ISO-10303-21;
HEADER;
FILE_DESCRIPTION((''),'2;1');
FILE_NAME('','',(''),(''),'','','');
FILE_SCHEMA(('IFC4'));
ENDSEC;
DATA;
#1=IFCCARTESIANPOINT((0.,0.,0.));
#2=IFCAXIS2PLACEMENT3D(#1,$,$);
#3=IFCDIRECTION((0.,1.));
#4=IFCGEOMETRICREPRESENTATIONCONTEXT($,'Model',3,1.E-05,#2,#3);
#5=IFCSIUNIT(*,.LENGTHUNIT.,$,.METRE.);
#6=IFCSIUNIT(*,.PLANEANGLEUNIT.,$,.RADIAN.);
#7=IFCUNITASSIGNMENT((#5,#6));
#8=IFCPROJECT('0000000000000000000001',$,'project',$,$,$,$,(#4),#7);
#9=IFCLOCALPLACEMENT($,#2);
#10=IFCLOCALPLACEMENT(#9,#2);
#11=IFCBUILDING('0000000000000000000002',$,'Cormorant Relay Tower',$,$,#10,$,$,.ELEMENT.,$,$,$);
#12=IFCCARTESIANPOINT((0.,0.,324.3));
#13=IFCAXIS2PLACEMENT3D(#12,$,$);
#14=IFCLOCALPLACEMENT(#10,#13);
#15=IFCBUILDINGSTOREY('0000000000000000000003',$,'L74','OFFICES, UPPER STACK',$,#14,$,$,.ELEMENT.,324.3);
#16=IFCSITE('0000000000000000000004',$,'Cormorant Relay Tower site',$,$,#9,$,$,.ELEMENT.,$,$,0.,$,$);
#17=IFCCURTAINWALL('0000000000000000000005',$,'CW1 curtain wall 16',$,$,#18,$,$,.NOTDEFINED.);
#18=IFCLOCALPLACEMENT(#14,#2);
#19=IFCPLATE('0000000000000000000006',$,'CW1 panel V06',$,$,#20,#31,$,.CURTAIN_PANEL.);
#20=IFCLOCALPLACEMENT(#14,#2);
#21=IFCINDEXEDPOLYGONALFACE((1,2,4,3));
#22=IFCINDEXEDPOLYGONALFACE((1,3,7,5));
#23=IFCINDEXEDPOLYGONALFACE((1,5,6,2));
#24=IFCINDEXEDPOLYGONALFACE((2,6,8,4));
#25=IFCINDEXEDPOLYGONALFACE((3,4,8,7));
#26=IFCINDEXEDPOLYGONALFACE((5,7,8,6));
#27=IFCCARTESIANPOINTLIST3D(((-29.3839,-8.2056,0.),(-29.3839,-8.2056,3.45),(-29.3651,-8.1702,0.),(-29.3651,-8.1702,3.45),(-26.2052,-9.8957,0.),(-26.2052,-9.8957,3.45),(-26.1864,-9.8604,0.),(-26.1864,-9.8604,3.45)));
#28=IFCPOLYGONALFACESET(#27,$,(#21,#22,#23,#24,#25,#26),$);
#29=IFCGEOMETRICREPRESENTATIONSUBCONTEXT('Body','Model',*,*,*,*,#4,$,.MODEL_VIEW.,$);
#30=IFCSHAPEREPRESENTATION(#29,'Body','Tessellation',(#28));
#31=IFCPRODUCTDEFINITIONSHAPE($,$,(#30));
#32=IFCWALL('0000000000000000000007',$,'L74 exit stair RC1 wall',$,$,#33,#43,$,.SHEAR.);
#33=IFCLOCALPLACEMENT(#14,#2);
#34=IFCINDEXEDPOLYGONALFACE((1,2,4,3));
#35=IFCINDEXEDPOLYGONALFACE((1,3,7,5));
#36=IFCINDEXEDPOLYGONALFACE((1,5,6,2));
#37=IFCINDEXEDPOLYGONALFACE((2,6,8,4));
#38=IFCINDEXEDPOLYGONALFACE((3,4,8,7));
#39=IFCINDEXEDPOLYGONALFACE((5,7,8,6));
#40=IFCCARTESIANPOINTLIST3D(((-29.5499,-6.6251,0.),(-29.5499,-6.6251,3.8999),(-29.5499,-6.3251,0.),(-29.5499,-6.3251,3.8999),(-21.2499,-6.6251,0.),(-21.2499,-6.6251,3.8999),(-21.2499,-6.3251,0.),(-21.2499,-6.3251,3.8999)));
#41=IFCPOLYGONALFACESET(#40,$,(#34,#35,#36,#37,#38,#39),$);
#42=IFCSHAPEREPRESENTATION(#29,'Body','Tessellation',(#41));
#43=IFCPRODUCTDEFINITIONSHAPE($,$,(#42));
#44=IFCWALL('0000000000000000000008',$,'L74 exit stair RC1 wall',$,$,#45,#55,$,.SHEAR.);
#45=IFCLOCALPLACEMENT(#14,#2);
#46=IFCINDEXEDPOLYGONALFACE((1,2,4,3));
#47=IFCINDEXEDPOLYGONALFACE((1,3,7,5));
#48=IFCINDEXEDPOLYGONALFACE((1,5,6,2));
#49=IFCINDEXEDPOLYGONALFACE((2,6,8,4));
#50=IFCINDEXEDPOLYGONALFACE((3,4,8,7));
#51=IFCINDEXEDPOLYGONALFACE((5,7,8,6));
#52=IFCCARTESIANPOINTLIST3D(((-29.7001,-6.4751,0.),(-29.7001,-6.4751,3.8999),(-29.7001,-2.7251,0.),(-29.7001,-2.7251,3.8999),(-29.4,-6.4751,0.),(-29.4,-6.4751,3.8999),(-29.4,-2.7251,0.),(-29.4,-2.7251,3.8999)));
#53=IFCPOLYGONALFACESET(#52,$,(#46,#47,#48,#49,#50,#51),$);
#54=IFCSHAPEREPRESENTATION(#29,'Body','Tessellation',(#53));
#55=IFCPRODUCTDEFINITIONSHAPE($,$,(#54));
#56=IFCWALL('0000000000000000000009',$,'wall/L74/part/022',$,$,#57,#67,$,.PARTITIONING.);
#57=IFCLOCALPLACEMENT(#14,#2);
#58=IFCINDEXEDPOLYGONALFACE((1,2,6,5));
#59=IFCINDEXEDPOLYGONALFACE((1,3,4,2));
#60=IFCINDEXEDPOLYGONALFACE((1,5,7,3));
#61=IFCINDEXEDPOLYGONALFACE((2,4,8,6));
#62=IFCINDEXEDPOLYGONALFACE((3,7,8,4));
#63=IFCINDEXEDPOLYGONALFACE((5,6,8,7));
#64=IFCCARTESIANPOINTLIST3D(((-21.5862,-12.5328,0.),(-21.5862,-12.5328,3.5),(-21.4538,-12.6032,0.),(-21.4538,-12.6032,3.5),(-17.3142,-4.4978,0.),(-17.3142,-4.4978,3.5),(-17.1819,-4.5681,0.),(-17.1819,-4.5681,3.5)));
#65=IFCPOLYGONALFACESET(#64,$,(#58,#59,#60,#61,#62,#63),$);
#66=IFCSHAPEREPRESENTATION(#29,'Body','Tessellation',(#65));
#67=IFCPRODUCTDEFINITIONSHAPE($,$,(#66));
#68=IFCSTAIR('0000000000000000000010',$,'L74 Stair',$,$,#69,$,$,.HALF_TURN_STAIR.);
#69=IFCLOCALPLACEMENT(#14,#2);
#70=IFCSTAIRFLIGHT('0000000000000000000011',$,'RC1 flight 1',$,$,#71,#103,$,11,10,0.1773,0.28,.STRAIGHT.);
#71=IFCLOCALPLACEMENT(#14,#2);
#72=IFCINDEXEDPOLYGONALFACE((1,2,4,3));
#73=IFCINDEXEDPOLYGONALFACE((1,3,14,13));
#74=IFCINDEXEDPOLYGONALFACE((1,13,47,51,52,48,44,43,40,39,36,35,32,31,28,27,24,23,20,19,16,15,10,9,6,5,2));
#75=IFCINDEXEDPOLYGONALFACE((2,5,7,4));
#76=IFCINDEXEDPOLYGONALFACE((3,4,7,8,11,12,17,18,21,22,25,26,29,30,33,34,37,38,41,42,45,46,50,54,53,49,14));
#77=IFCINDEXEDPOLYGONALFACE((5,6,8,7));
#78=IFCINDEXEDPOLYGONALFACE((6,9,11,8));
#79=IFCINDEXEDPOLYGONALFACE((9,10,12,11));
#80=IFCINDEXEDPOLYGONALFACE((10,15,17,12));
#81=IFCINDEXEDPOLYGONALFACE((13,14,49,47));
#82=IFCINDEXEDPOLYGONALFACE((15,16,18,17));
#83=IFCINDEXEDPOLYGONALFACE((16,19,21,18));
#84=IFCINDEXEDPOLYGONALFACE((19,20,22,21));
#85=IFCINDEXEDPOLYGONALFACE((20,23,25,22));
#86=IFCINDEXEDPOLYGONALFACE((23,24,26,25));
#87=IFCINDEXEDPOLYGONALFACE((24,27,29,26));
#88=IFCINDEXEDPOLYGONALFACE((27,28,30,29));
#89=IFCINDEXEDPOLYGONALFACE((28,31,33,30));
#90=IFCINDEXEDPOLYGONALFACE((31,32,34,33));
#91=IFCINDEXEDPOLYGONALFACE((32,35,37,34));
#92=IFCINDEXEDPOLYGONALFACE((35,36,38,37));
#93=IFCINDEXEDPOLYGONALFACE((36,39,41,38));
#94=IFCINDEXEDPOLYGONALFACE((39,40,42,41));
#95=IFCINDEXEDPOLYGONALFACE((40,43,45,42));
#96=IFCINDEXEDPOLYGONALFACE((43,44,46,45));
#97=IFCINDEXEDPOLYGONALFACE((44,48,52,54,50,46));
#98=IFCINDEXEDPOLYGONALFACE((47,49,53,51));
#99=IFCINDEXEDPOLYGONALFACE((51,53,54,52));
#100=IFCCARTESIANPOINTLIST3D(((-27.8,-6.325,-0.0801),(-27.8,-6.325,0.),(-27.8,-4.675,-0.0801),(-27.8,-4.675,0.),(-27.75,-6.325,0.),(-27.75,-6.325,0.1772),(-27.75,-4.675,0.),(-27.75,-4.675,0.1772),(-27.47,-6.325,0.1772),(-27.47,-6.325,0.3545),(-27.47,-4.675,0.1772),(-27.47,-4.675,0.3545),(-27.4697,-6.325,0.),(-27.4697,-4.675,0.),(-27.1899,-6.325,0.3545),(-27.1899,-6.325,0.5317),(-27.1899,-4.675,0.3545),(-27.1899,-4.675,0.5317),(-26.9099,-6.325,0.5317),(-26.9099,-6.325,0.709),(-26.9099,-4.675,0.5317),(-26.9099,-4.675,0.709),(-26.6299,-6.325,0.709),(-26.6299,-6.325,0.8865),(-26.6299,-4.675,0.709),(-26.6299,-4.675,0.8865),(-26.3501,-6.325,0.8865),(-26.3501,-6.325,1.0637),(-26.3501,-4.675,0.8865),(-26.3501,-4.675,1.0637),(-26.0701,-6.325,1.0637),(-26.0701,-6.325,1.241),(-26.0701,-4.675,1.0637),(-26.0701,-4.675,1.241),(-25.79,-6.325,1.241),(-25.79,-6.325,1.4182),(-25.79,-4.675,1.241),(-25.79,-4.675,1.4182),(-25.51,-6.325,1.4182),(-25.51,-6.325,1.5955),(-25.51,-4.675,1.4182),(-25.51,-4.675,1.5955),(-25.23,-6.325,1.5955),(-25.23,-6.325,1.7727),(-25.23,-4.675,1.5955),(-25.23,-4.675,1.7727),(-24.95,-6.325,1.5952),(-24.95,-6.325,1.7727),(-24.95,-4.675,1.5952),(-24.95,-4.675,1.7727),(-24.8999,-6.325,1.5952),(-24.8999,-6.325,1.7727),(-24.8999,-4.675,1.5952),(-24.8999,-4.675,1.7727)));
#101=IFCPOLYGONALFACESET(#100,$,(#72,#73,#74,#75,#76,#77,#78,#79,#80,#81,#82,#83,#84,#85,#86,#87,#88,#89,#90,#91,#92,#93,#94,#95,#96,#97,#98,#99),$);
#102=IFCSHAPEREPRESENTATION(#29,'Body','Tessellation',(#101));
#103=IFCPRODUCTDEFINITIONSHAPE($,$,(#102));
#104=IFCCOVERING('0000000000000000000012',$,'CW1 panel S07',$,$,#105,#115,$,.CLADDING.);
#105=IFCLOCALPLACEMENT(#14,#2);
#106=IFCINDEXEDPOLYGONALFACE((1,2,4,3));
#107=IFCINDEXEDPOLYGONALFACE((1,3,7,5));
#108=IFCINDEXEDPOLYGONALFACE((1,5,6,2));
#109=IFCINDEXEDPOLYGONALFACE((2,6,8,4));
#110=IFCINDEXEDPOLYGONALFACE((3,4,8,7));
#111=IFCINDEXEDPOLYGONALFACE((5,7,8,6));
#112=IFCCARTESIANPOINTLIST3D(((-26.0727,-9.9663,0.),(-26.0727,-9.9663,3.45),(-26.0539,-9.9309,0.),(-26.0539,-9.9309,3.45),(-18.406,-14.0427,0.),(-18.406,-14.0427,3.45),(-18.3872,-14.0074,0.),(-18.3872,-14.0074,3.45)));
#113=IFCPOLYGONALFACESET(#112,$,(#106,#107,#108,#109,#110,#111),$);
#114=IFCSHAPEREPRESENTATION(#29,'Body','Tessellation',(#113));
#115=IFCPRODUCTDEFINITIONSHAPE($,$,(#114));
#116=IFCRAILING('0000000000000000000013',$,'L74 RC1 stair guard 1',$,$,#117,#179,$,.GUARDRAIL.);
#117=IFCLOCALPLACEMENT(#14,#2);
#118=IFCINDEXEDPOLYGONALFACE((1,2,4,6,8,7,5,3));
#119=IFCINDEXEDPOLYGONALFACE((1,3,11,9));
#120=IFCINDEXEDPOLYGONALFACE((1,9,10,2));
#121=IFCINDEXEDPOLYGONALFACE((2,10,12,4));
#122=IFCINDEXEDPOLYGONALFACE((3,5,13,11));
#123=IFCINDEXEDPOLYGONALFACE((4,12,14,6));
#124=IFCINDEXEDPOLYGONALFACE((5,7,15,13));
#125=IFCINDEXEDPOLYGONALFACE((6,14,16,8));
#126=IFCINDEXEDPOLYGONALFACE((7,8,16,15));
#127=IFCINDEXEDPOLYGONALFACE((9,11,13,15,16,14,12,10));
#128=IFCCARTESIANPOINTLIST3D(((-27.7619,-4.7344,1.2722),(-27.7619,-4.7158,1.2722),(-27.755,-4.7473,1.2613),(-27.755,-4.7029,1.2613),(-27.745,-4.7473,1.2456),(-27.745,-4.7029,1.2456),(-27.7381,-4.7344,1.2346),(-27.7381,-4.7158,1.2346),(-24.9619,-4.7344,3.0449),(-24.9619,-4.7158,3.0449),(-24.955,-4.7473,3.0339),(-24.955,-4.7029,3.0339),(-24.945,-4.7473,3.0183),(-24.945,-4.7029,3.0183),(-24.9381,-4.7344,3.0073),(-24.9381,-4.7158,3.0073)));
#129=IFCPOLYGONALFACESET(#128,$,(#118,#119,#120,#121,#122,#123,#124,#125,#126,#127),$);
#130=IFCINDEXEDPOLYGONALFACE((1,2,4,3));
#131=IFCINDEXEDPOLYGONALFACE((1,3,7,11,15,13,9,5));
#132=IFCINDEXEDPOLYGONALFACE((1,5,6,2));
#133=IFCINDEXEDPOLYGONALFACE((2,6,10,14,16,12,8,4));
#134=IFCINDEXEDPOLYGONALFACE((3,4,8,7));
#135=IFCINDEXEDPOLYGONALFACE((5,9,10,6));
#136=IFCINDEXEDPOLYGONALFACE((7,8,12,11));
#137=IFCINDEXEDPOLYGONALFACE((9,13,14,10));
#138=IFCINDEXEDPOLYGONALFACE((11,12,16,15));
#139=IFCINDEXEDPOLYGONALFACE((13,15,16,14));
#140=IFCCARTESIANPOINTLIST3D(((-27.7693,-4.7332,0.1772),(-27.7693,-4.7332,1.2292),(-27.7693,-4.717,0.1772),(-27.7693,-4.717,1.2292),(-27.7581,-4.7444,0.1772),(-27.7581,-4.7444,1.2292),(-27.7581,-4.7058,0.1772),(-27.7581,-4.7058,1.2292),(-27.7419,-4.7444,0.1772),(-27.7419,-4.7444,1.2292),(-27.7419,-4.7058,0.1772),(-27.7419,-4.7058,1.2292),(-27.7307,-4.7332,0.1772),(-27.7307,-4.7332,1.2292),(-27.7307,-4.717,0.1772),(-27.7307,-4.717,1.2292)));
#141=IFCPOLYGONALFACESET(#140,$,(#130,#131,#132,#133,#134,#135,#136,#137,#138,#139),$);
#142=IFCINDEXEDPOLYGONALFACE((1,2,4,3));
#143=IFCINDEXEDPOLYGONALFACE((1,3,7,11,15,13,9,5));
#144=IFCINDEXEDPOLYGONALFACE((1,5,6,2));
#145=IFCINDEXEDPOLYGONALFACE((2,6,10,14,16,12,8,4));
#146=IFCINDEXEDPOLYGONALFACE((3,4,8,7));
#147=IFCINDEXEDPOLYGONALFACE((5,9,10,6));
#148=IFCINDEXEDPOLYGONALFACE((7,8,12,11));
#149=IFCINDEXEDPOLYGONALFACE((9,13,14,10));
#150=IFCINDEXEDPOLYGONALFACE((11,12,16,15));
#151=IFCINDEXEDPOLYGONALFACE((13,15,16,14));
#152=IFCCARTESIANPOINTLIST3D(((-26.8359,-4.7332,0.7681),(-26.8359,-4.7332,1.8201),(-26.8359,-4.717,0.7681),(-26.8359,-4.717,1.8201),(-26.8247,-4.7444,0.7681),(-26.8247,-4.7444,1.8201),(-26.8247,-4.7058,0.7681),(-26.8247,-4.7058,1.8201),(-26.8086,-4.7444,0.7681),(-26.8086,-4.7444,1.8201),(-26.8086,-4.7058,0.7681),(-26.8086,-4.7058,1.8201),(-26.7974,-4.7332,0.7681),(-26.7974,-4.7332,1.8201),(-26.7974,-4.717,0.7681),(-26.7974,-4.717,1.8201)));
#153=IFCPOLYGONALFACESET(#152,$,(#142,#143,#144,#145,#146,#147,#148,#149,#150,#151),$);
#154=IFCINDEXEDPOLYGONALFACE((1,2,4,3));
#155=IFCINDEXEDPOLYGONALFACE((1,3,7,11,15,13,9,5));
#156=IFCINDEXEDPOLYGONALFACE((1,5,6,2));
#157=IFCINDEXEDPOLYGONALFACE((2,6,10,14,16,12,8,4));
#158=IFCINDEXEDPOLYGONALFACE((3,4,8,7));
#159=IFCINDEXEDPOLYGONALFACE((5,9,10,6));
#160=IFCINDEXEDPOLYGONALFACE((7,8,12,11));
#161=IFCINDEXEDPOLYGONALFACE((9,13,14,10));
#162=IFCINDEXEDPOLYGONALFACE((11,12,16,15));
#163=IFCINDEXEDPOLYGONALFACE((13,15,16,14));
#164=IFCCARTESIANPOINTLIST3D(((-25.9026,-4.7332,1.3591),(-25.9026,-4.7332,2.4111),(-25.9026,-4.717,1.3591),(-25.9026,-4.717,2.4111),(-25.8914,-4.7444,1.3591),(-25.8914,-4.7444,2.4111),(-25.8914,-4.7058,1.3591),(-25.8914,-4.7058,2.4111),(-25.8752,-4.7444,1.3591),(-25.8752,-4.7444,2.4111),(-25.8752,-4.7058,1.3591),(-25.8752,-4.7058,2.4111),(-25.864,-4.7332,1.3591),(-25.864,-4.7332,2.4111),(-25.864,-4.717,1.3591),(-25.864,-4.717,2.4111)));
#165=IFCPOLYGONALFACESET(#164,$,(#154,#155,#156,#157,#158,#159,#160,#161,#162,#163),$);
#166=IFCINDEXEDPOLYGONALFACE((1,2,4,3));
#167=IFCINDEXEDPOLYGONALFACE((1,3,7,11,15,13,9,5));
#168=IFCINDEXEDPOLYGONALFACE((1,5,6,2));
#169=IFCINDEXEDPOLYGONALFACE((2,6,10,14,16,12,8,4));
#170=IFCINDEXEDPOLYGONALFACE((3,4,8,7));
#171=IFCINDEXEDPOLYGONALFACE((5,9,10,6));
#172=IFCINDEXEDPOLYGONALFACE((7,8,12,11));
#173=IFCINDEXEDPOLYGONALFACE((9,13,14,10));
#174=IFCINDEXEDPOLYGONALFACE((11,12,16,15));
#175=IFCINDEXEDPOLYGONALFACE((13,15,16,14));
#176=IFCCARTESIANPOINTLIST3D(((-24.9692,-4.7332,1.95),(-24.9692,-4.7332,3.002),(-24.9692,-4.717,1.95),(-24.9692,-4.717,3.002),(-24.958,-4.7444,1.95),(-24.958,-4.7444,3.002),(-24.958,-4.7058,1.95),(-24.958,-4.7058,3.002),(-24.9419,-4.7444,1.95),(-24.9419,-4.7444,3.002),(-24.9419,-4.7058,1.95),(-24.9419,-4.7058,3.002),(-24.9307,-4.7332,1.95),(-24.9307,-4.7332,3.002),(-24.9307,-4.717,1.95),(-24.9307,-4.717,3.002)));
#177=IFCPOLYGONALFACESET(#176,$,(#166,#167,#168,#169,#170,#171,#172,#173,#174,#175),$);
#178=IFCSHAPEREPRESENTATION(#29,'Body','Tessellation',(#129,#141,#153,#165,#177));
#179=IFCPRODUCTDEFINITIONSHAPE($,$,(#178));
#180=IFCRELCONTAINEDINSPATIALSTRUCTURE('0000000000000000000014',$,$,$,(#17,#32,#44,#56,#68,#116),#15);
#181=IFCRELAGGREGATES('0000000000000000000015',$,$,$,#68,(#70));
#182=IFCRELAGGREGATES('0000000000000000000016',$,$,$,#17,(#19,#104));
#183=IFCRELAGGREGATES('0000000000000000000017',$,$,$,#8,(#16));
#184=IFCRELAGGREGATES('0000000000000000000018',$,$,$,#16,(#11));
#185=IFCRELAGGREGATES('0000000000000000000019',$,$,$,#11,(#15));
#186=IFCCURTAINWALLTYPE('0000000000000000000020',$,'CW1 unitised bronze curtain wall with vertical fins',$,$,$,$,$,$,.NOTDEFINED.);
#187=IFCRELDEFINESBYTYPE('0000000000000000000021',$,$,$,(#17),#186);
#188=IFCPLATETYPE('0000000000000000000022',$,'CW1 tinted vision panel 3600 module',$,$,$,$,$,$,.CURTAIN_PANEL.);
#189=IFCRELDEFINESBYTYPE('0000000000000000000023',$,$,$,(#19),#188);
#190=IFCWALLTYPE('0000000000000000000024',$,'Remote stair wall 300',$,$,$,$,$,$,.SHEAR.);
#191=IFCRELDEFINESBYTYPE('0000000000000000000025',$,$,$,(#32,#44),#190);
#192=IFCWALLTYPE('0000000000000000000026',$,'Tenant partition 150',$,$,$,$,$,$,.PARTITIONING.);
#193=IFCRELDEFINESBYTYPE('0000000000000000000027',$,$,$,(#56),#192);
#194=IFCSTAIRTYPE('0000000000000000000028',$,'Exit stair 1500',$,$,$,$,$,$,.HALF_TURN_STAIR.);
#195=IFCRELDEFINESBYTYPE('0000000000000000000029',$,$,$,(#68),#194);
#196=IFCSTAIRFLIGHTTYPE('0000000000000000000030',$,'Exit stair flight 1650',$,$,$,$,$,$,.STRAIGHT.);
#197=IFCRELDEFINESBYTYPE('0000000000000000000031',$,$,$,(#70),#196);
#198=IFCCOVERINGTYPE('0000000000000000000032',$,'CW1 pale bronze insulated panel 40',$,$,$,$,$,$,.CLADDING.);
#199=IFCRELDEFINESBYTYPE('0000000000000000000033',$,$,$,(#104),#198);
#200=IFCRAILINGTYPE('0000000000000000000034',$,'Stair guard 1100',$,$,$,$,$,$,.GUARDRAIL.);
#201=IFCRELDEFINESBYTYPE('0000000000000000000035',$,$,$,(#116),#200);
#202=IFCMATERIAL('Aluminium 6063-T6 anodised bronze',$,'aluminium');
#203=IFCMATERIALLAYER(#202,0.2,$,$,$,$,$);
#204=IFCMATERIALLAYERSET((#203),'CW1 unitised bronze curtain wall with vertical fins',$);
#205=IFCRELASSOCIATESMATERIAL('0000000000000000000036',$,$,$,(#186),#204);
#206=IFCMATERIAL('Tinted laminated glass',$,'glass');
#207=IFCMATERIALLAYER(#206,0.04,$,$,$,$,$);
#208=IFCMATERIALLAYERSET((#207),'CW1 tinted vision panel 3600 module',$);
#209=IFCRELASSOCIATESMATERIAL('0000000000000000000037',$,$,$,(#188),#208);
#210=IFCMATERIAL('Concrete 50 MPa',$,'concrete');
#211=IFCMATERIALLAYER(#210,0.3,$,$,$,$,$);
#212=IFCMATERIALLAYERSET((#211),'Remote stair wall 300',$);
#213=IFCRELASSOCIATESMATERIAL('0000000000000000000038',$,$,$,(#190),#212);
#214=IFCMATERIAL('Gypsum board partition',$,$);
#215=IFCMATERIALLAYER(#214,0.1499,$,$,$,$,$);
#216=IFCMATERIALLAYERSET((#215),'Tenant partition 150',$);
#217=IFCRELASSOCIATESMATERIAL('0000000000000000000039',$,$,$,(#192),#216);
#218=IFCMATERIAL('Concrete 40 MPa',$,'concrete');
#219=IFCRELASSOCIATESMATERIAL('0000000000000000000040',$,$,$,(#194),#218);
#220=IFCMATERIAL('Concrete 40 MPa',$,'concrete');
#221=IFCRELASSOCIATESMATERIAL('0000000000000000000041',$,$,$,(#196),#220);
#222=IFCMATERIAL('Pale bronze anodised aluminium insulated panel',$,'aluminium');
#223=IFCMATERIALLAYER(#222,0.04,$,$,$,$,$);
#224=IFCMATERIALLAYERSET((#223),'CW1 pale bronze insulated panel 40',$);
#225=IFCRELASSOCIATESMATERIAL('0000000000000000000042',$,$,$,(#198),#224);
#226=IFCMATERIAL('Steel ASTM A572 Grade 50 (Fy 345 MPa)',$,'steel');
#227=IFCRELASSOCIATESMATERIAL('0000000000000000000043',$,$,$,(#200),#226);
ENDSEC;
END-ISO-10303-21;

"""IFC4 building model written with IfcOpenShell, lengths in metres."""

from ifc_helpers import new_model, si_unit, direction, frame, frame_2d, origin, origin_2d, place, context, subcontext, project, spatial, polyline, rectangle, outline, extrude, material, layer, layer_set, type_object, element, aggregate, save


model = new_model("IFC4")

# Units and contexts
model_context = context("Model", 3, precision=1e-05, world=origin(), true_north=direction((0.0, 1.0)))
body_context = subcontext(model_context, "Body", "Model", "MODEL_VIEW")
ifc_project = project(units=[si_unit("LENGTHUNIT", "METRE"), si_unit("PLANEANGLEUNIT", "RADIAN")], contexts=[model_context])

# Site, building, storey
site_placement = place(None, origin())
site = spatial("IfcSite", under=ifc_project, at=site_placement, Name="Cormorant Relay Tower site", CompositionType="ELEMENT", RefElevation=0.0)
building_placement = place(site_placement, origin())
building = spatial("IfcBuilding", under=site, at=building_placement, Name="Cormorant Relay Tower", CompositionType="ELEMENT")
storey_placement = place(building_placement, frame((0.0, 0.0, 324.3)))
storey = spatial("IfcBuildingStorey", under=building, at=storey_placement, Name="L74", Description="OFFICES, UPPER STACK", CompositionType="ELEMENT", Elevation=324.3)

# Curtain wall
ifc_material_1 = material(Name="Aluminium 6063-T6 anodised bronze", Category="aluminium")
ifc_layer_1 = layer(ifc_material_1, 0.2)
ifc_layer_set_1 = layer_set([ifc_layer_1], Name="CW1 unitised bronze curtain wall with vertical fins")
curtain_wall_type = type_object("IfcCurtainWallType", Name="CW1 unitised bronze curtain wall with vertical fins", PredefinedType="NOTDEFINED", material=ifc_layer_set_1)
curtain_wall_placement = place(storey_placement, origin())
curtain_wall = element("IfcCurtainWall", 1, at=curtain_wall_placement, inside=storey, type_object=curtain_wall_type, Name="CW1 curtain wall 16", PredefinedType="NOTDEFINED")

# Plate
ifc_material_2 = material(Name="Tinted laminated glass", Category="glass")
ifc_layer_2 = layer(ifc_material_2, 0.04)
ifc_layer_set_2 = layer_set([ifc_layer_2], Name="CW1 tinted vision panel 3600 module")
plate_type_1 = type_object("IfcPlateType", Name="CW1 tinted vision panel 3600 module", PredefinedType="CURTAIN_PANEL", material=ifc_layer_set_2)
plate_1_placement = place(storey_placement, frame((-27.7852, -9.033, 0.0), z_axis=(0.0, 0.0, 1.0), x_axis=(0.882948, -0.469472, 0.0)))
plate_1 = element("IfcPlate", 2, at=plate_1_placement, type_object=plate_type_1, Name="CW1 panel V06", PredefinedType="CURTAIN_PANEL", context=body_context, shape_type="SweptSolid", body=[
    extrude(rectangle(XDim=3.6001, YDim=0.04, at=origin_2d()), origin(), (0.0, 0.0, 1.0), 3.45),
])

# Walls
ifc_material_3 = material(Name="Concrete 50 MPa", Category="concrete")
ifc_layer_3 = layer(ifc_material_3, 0.3)
ifc_layer_set_3 = layer_set([ifc_layer_3], Name="Remote stair wall 300")
wall_type_1 = type_object("IfcWallType", Name="Remote stair wall 300", PredefinedType="SHEAR", material=ifc_layer_set_3)
wall_1_placement = place(storey_placement, frame((-21.25, -6.4751, 0.0), z_axis=(0.0, 0.0, 1.0), x_axis=(-1.0, 0.0, 0.0)))
element("IfcWall", 3, at=wall_1_placement, inside=storey, type_object=wall_type_1, Name="L74 exit stair RC1 wall", PredefinedType="SHEAR", context=body_context, shape_type="SweptSolid", body=[
    extrude(rectangle(XDim=8.3, YDim=0.3, at=frame_2d((4.1499, 0.0))), origin(), (0.0, 0.0, 1.0), 3.8999),
])
wall_2_placement = place(storey_placement, frame((-29.55, -6.4751, 0.0), z_axis=(0.0, 0.0, 1.0), x_axis=(0.0, 1.0, 0.0)))
element("IfcWall", 4, at=wall_2_placement, inside=storey, type_object=wall_type_1, Name="L74 exit stair RC1 wall", PredefinedType="SHEAR", context=body_context, shape_type="SweptSolid", body=[
    extrude(rectangle(XDim=3.75, YDim=0.3, at=frame_2d((1.875, 0.0))), origin(), (0.0, 0.0, 1.0), 3.8999),
])
ifc_material_4 = material(Name="Gypsum board partition")
ifc_layer_4 = layer(ifc_material_4, 0.1499)
ifc_layer_set_4 = layer_set([ifc_layer_4], Name="Tenant partition 150")
wall_type_2 = type_object("IfcWallType", Name="Tenant partition 150", PredefinedType="PARTITIONING", material=ifc_layer_set_4)
wall_3_placement = place(storey_placement, frame((-17.248, -4.533, 0.0), z_axis=(0.0, 0.0, 1.0), x_axis=(-0.469438, -0.882966, 0.0)))
element("IfcWall", 5, at=wall_3_placement, inside=storey, type_object=wall_type_2, Name="wall/L74/part/022", PredefinedType="PARTITIONING", context=body_context, shape_type="SweptSolid", body=[
    extrude(rectangle(XDim=9.1001, YDim=0.1499, at=frame_2d((4.55, 0.0))), origin(), (0.0, 0.0, 1.0), 3.5),
])

# Stair, stair flight
ifc_material_5 = material(Name="Concrete 40 MPa", Category="concrete")
stair_type = type_object("IfcStairType", Name="Exit stair 1500", PredefinedType="HALF_TURN_STAIR", material=ifc_material_5)
stair_placement = place(storey_placement, origin())
stair = element("IfcStair", 6, at=stair_placement, inside=storey, type_object=stair_type, Name="L74 Stair", PredefinedType="HALF_TURN_STAIR")
ifc_material_6 = material(Name="Concrete 40 MPa", Category="concrete")
stair_flight_type = type_object("IfcStairFlightType", Name="Exit stair flight 1650", PredefinedType="STRAIGHT", material=ifc_material_6)
stair_flight_placement = place(storey_placement, frame((-27.75, -5.5, 0.0), z_axis=(0.0, 0.0, 1.0), x_axis=(1.0, 0.0, 0.0)))
stair_flight = element("IfcStairFlight", 7, at=stair_flight_placement, type_object=stair_flight_type, Name="RC1 flight 1", NumberOfRisers=11, NumberOfTreads=10, PredefinedType="STRAIGHT", RiserHeight=0.1773, TreadLength=0.28, context=body_context, shape_type="SweptSolid", body=[
    extrude(outline(polyline([(-0.05, -0.0801), (-0.05, 0.0), (0.0, 0.0), (0.0, 0.1772), (0.28, 0.1772), (0.28, 0.3545), (0.5601, 0.3545), (0.5601, 0.5317), (0.8401, 0.5317), (0.8401, 0.709), (1.1201, 0.709), (1.1201, 0.8865), (1.3999, 0.8865), (1.3999, 1.0637), (1.6799, 1.0637), (1.6799, 1.241), (1.96, 1.241), (1.96, 1.4182), (2.24, 1.4182), (2.24, 1.5955), (2.52, 1.5955), (2.52, 1.7727), (2.8, 1.7727), (2.8501, 1.7727), (2.8501, 1.5952), (2.8, 1.5952), (0.2803, 0.0), (-0.05, -0.0801)])), frame((0.0, 0.825, 0.0), z_axis=(0.0, -1.0, 0.0), x_axis=(1.0, 0.0, 0.0)), (0.0, 0.0, 1.0), 1.6499),
])
aggregate(stair, [stair_flight])

# Covering
ifc_material_7 = material(Name="Pale bronze anodised aluminium insulated panel", Category="aluminium")
ifc_layer_5 = layer(ifc_material_7, 0.04)
ifc_layer_set_5 = layer_set([ifc_layer_5], Name="CW1 pale bronze insulated panel 40")
covering_type = type_object("IfcCoveringType", Name="CW1 pale bronze insulated panel 40", PredefinedType="CLADDING", material=ifc_layer_set_5)
covering_placement = place(storey_placement, frame((-22.23, -11.9868, 0.0), z_axis=(0.0, 0.0, 1.0), x_axis=(0.882948, -0.469472, 0.0)))
covering = element("IfcCovering", 8, at=covering_placement, type_object=covering_type, Name="CW1 panel S07", PredefinedType="CLADDING", context=body_context, shape_type="SweptSolid", body=[
    extrude(rectangle(XDim=8.6831, YDim=0.04, at=origin_2d()), origin(), (0.0, 0.0, 1.0), 3.45),
])
aggregate(curtain_wall, [plate_1, covering])

# Railing
ifc_material_8 = material(Name="Steel ASTM A572 Grade 50 (Fy 345 MPa)", Category="steel")
railing_type_1 = type_object("IfcRailingType", Name="Stair guard 1100", PredefinedType="GUARDRAIL", material=ifc_material_8)
railing_1_placement = place(storey_placement, frame((-27.75, -4.7251, 0.1772)))
element("IfcRailing", 9, at=railing_1_placement, inside=storey, type_object=railing_type_1, Name="L74 RC1 stair guard 1", PredefinedType="GUARDRAIL", context=body_context, shape_type="SweptSolid", body=[
    extrude(outline(polyline([(0.0222, 0.0093), (0.0093, 0.0222), (-0.0093, 0.0222), (-0.0222, 0.0093), (-0.0222, -0.0093), (-0.0093, -0.0222), (0.0093, -0.0222), (0.0222, -0.0093), (0.0222, 0.0093)])), frame((0.0, 0.0, 1.0762), z_axis=(0.844909, 0.0, 0.53491), x_axis=(0.0, 1.0, 0.0)), (0.0, 0.0, 1.0), 3.314),
    extrude(outline(polyline([(0.0193, 0.0081), (0.0081, 0.0193), (-0.0081, 0.0193), (-0.0193, 0.0081), (-0.0193, -0.0081), (-0.0081, -0.0193), (0.0081, -0.0193), (0.0193, -0.0081), (0.0193, 0.0081)])), origin(), (0.0, 0.0, 1.0), 1.052),
    extrude(outline(polyline([(0.0193, 0.0081), (0.0081, 0.0193), (-0.0081, 0.0193), (-0.0193, 0.0081), (-0.0193, -0.0081), (-0.0081, -0.0193), (0.0081, -0.0193), (0.0193, -0.0081), (0.0193, 0.0081)])), frame((0.9333, 0.0, 0.5908)), (0.0, 0.0, 1.0), 1.052),
    extrude(outline(polyline([(0.0193, 0.0081), (0.0081, 0.0193), (-0.0081, 0.0193), (-0.0193, 0.0081), (-0.0193, -0.0081), (-0.0081, -0.0193), (0.0081, -0.0193), (0.0193, -0.0081), (0.0193, 0.0081)])), frame((1.8667, 0.0, 1.1819)), (0.0, 0.0, 1.0), 1.052),
    extrude(outline(polyline([(0.0193, 0.0081), (0.0081, 0.0193), (-0.0081, 0.0193), (-0.0193, 0.0081), (-0.0193, -0.0081), (-0.0081, -0.0193), (0.0081, -0.0193), (0.0193, -0.0081), (0.0193, 0.0081)])), frame((2.8, 0.0, 1.7727)), (0.0, 0.0, 1.0), 1.052),
])

save(model, "model.ifc")
